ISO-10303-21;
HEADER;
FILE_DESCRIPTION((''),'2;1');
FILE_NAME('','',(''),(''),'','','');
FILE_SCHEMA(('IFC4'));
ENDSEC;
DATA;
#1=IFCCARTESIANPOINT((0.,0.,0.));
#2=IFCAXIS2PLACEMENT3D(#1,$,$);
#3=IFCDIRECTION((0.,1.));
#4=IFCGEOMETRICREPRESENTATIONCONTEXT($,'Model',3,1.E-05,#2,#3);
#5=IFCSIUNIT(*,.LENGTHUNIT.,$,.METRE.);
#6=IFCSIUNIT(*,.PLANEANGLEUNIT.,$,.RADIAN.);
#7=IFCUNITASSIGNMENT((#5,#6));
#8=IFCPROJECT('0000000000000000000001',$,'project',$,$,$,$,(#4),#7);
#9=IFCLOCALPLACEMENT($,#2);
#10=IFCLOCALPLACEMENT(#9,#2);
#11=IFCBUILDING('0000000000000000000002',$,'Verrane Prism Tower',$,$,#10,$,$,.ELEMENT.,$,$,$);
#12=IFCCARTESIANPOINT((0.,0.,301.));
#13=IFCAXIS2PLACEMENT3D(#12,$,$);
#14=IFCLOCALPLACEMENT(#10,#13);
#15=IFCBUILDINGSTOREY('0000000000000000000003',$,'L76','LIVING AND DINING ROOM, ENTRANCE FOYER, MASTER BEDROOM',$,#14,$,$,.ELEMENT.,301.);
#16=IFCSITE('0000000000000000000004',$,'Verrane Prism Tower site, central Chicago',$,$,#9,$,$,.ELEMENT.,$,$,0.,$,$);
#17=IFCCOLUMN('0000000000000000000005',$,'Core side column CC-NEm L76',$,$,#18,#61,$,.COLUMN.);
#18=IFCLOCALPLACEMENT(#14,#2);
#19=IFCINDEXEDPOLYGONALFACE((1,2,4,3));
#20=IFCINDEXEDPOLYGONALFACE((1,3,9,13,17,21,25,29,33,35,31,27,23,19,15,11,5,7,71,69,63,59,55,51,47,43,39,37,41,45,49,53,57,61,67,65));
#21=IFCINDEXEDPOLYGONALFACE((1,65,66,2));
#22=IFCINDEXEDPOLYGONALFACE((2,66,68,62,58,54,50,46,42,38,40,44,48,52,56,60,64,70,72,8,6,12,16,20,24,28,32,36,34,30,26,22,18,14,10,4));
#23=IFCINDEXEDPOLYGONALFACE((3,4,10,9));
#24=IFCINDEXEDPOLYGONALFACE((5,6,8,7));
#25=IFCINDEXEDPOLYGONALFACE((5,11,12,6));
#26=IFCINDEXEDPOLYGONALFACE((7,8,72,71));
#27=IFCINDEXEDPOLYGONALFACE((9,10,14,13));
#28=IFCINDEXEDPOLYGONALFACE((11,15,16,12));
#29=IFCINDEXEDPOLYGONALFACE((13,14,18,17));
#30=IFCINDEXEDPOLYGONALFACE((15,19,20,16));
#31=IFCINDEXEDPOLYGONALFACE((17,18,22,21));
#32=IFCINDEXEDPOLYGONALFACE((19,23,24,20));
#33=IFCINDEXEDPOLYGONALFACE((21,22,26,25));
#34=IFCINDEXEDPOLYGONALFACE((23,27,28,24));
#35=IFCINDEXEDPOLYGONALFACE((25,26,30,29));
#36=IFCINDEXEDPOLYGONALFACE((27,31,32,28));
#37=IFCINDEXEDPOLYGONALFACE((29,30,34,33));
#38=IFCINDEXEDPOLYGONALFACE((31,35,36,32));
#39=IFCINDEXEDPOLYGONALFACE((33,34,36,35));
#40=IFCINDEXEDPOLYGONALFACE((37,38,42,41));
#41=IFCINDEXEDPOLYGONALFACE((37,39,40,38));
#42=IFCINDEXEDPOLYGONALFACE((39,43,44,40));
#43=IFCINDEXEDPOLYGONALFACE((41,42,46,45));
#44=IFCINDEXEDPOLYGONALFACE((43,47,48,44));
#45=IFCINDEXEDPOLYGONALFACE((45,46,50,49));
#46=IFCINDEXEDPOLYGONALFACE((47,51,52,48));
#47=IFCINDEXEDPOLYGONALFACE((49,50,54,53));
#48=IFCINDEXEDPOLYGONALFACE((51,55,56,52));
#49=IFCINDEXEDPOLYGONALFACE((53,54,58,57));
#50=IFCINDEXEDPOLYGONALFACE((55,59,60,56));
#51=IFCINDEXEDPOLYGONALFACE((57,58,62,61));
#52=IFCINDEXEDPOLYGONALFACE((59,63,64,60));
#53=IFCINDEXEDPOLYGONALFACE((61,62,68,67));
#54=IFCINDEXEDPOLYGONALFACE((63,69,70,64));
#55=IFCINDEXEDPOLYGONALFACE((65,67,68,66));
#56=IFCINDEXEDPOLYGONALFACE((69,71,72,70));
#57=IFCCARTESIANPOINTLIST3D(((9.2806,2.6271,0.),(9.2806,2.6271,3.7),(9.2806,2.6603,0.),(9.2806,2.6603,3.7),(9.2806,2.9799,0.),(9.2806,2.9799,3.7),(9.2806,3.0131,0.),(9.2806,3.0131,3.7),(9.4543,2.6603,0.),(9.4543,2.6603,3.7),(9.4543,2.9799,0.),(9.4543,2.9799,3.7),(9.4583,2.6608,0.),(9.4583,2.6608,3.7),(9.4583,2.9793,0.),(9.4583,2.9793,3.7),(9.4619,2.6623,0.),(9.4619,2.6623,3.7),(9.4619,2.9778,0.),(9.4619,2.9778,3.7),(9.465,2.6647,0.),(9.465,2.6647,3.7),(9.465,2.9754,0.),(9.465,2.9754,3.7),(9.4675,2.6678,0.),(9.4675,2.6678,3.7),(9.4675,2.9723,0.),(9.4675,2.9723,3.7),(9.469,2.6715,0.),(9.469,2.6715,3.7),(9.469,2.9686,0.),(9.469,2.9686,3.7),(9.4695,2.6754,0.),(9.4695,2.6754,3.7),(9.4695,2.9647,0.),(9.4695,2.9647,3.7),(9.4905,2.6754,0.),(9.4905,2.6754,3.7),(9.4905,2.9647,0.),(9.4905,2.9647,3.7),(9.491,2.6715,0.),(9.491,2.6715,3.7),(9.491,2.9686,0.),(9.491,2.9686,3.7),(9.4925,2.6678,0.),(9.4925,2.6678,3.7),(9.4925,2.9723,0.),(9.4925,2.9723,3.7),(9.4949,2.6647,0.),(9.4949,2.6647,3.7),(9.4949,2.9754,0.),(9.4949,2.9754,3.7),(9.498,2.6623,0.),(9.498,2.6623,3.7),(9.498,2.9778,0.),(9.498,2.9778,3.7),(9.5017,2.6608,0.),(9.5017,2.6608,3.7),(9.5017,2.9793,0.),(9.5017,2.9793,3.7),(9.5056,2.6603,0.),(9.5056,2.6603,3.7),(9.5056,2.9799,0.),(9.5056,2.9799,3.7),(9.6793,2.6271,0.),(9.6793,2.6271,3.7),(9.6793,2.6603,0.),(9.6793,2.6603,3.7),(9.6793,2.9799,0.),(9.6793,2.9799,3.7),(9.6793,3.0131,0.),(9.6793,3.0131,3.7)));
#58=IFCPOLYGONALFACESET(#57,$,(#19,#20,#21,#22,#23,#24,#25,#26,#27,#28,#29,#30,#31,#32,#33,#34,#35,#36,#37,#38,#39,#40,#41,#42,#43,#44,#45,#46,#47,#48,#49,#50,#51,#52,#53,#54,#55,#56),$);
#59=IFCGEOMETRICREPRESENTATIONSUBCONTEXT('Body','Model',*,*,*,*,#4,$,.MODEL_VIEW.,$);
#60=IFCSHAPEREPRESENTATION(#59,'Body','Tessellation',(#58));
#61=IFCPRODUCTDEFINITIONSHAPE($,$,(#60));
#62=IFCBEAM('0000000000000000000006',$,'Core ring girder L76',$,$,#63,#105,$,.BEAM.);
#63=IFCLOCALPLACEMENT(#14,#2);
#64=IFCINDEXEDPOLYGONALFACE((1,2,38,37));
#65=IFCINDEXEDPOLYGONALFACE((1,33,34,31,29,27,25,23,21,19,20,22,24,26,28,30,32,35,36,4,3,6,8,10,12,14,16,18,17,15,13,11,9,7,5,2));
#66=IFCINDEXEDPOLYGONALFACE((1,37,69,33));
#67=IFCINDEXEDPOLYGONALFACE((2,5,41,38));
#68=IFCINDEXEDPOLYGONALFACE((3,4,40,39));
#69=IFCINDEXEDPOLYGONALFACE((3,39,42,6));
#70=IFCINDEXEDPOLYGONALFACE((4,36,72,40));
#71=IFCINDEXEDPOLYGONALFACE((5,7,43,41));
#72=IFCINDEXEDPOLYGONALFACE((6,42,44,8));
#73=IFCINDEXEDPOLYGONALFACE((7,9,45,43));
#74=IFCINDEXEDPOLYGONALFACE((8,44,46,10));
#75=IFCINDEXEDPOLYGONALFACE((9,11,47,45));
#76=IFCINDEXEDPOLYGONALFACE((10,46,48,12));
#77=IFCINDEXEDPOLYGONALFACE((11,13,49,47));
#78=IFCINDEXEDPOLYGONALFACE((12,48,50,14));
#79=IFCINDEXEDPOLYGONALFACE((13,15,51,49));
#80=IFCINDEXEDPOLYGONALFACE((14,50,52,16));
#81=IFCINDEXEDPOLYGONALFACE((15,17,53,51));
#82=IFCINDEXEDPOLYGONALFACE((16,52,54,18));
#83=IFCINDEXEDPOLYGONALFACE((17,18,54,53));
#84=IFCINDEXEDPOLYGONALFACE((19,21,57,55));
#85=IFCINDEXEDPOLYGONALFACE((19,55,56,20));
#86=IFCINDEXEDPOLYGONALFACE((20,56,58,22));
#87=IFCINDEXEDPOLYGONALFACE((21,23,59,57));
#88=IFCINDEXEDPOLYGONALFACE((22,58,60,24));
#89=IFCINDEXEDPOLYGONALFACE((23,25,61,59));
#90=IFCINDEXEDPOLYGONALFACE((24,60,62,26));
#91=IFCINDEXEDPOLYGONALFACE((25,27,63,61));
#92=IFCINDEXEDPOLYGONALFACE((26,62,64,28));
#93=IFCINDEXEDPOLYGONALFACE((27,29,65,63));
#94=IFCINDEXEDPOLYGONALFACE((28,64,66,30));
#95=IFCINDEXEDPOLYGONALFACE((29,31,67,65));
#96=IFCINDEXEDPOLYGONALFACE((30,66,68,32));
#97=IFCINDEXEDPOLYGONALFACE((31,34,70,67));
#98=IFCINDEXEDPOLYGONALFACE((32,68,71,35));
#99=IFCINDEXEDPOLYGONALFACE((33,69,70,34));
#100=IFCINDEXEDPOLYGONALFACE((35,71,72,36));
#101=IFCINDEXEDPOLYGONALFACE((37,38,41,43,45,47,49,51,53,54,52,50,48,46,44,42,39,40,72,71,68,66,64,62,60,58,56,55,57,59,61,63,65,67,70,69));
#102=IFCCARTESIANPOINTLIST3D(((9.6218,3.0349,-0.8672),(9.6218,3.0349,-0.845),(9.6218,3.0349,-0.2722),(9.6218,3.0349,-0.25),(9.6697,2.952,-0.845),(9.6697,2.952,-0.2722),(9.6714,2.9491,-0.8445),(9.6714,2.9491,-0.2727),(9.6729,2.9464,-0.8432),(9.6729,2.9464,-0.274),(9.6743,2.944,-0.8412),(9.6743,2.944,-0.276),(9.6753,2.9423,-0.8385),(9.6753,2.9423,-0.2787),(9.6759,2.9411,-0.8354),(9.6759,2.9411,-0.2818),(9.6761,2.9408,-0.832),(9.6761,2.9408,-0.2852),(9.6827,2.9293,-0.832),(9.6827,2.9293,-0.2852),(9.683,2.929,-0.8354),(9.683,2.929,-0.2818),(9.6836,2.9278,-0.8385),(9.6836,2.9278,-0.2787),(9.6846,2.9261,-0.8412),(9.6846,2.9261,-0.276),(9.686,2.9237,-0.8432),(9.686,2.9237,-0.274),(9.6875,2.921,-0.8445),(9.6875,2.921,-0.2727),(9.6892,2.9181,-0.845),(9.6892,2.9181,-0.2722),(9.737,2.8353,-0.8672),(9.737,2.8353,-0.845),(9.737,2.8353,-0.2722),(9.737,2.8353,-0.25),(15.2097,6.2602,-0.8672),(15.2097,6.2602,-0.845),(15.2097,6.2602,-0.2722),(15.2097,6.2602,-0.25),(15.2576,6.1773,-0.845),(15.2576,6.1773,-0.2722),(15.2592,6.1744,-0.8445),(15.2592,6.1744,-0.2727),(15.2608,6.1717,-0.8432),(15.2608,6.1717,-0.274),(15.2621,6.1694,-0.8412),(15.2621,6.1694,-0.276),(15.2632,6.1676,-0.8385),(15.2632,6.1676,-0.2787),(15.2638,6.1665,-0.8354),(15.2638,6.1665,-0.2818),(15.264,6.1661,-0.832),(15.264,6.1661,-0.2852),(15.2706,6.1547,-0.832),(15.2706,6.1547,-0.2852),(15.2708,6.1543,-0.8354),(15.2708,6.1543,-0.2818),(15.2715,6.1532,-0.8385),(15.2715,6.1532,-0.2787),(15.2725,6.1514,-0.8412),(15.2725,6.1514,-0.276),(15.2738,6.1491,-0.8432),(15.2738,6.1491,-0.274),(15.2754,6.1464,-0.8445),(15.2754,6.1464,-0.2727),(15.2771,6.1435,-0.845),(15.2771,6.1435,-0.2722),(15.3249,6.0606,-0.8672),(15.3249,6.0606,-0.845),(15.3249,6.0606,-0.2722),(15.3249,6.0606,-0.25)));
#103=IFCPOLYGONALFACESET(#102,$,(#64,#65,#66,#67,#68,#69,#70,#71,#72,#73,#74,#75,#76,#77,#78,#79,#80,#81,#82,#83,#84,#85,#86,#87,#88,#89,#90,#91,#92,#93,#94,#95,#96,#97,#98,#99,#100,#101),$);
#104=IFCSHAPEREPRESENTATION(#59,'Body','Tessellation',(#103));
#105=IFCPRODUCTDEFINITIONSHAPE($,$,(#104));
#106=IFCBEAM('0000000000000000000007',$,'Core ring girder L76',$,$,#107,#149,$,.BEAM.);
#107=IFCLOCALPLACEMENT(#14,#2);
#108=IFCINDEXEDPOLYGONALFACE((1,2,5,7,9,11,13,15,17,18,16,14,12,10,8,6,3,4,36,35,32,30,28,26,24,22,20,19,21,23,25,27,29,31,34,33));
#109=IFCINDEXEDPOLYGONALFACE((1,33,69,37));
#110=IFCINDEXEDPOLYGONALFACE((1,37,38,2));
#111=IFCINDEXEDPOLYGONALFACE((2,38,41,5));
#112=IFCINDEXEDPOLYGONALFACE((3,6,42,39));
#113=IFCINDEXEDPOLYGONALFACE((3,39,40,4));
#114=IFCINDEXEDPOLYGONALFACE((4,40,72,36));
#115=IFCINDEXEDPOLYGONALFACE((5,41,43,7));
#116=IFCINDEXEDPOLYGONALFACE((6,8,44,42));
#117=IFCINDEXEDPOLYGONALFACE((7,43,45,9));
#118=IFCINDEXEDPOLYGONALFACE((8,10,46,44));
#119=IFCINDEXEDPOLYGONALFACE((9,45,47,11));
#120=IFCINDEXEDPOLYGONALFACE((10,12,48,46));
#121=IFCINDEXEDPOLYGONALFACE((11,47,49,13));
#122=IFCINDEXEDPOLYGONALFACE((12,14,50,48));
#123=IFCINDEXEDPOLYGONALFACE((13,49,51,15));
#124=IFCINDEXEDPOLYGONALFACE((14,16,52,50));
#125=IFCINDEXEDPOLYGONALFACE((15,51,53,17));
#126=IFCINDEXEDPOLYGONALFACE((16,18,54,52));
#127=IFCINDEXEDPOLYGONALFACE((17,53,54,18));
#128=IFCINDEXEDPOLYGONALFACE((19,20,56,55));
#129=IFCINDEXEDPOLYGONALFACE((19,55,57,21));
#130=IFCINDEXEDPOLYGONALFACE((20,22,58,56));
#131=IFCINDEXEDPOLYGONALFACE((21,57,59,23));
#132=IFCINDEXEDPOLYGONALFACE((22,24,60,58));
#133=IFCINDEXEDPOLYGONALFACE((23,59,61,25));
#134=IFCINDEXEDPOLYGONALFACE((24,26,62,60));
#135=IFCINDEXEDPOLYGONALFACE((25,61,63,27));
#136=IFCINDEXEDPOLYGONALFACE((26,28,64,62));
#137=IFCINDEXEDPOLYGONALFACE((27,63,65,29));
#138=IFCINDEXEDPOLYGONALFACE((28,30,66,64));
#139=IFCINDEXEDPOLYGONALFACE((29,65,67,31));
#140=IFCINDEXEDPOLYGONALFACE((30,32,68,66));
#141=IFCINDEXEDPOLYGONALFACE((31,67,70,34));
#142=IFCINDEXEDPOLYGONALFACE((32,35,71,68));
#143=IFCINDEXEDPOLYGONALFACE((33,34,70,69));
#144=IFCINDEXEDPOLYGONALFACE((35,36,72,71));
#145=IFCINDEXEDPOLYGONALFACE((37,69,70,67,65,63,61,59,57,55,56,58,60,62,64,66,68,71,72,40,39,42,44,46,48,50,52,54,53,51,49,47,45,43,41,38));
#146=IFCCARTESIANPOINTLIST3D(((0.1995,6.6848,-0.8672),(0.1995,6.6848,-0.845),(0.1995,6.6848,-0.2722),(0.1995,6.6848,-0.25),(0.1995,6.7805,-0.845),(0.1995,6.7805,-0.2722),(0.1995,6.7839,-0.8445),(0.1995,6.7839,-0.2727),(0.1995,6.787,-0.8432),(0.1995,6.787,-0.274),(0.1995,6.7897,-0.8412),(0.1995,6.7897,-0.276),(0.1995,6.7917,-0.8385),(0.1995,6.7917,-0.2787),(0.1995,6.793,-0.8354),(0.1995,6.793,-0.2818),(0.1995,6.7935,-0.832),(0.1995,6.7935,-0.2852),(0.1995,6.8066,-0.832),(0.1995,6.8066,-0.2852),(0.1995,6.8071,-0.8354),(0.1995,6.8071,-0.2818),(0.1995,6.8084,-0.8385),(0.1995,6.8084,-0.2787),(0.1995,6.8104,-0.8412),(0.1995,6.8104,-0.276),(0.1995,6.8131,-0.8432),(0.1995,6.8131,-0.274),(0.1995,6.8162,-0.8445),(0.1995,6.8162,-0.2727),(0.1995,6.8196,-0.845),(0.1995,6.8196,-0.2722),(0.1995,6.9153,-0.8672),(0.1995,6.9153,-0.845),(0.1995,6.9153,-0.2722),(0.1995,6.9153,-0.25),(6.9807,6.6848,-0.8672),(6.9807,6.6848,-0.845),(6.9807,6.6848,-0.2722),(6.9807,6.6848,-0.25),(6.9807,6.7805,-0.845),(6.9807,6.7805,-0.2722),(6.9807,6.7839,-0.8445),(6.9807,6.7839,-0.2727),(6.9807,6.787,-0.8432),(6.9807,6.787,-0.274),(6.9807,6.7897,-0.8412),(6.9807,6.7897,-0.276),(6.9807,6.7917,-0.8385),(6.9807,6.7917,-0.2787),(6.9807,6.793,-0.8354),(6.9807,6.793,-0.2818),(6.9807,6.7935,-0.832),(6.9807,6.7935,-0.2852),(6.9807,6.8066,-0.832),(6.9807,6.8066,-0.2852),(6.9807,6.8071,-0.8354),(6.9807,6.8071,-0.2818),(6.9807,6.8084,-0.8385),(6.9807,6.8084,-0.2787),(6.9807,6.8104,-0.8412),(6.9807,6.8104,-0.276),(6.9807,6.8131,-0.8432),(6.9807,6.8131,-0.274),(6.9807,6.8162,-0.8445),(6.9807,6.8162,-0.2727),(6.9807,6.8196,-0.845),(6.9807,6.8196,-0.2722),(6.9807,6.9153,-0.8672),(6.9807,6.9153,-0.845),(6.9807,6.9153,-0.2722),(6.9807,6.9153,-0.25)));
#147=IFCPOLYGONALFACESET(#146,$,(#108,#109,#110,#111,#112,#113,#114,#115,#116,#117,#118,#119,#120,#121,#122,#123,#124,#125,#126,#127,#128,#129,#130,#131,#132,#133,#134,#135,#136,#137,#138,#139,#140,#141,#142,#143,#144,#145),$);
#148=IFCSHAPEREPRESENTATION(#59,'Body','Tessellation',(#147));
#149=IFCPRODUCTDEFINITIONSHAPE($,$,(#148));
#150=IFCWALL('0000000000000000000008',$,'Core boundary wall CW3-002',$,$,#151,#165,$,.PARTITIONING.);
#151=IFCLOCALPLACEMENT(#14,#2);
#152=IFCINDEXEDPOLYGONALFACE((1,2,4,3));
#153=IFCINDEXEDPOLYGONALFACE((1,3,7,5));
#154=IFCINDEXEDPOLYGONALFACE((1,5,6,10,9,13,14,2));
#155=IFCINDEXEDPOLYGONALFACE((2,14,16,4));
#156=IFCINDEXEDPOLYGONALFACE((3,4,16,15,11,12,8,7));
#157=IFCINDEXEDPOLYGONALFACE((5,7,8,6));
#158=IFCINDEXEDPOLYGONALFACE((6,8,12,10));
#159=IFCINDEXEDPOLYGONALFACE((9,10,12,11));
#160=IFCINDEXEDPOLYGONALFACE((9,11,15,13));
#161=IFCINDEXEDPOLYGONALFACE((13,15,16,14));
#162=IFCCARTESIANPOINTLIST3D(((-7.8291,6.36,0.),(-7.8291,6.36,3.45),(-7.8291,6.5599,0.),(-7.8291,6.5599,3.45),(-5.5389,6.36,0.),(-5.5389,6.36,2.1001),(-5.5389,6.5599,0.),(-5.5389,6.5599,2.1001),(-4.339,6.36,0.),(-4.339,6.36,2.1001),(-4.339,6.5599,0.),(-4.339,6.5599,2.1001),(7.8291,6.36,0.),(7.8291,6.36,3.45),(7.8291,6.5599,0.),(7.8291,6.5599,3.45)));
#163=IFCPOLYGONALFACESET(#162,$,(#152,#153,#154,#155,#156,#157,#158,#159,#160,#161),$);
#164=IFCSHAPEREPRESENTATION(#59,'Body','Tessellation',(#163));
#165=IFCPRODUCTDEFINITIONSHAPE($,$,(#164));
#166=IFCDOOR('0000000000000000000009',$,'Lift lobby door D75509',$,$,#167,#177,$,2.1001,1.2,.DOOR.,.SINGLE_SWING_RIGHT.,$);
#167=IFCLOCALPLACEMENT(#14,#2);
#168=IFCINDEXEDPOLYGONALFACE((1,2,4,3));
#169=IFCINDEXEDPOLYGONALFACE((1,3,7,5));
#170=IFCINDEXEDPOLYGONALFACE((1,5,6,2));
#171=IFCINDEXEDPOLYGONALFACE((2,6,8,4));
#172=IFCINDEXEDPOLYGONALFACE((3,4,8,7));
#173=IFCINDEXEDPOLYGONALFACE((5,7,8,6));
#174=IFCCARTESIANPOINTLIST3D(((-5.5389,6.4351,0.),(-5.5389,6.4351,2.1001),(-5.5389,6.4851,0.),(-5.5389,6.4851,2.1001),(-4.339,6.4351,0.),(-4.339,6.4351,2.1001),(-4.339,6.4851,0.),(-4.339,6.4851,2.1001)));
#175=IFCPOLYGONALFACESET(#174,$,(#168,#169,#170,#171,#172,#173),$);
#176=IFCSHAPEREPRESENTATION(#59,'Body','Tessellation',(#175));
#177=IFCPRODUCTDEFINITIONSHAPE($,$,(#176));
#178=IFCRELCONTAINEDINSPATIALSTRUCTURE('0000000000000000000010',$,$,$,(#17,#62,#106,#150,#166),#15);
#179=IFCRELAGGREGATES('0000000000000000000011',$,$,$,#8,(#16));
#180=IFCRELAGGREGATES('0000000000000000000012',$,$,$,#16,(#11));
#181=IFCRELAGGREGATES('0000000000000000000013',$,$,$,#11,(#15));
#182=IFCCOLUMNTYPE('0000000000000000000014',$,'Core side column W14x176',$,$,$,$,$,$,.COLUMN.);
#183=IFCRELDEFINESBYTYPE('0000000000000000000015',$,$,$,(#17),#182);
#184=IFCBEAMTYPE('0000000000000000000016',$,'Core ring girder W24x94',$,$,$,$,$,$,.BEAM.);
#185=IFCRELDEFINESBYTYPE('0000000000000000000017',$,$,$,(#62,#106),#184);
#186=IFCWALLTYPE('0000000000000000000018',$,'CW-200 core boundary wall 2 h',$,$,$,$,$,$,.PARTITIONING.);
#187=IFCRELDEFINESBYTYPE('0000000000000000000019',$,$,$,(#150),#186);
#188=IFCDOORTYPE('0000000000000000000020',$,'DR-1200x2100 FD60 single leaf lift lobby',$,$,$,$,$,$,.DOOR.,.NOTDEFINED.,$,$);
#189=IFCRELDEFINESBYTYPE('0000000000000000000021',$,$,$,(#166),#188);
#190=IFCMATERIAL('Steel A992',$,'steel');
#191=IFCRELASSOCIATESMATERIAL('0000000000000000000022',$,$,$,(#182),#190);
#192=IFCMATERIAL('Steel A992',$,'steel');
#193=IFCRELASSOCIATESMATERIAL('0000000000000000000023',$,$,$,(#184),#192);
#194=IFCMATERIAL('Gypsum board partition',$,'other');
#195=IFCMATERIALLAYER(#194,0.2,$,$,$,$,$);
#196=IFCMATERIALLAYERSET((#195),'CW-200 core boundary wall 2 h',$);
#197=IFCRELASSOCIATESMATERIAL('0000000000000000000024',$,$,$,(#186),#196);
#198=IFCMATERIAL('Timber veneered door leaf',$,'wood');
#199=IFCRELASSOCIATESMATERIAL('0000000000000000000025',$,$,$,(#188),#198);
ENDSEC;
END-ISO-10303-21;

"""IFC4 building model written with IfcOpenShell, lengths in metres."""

from ifc_helpers import new_model, si_unit, direction, frame, frame_2d, origin, origin_2d, place, context, subcontext, project, spatial, rectangle, i_section, extrude, material, layer, layer_set, material_profile, profile_set, type_object, element, fill, save


model = new_model("IFC4")

# Units and contexts
model_context = context("Model", 3, precision=1e-05, world=origin(), true_north=direction((0.0, 1.0)))
body_context = subcontext(model_context, "Body", "Model", "MODEL_VIEW")
ifc_project = project(units=[si_unit("LENGTHUNIT", "METRE"), si_unit("PLANEANGLEUNIT", "RADIAN")], contexts=[model_context])

# Site, building, storey
site_placement = place(None, origin())
site = spatial("IfcSite", under=ifc_project, at=site_placement, Name="Verrane Prism Tower site, central Chicago", CompositionType="ELEMENT", RefElevation=0.0)
building_placement = place(site_placement, origin())
building = spatial("IfcBuilding", under=site, at=building_placement, Name="Verrane Prism Tower", CompositionType="ELEMENT")
storey_placement = place(building_placement, frame((0.0, 0.0, 301.0)))
storey = spatial("IfcBuildingStorey", under=building, at=storey_placement, Name="L76", Description="LIVING AND DINING ROOM, ENTRANCE FOYER, MASTER BEDROOM", CompositionType="ELEMENT", Elevation=301.0)

# Column
ifc_material_1 = material(Name="Steel A992", Category="steel")
ifc_material_profile_1 = material_profile(ifc_material_1, i_section(OverallWidth=0.3987, OverallDepth=0.386, WebThickness=0.021, FlangeThickness=0.0332, FilletRadius=0.0151, at=origin_2d()), Name="W14x176")
ifc_profile_set_1 = profile_set([ifc_material_profile_1], Name="Steel A992")
column_type = type_object("IfcColumnType", Name="Core side column W14x176", PredefinedType="COLUMN", material=ifc_profile_set_1)
column_placement = place(storey_placement, frame((9.48, 2.8201, 0.0), z_axis=(0.0, 0.0, 1.0), x_axis=(1.0, 0.0, 0.0)))
element("IfcColumn", 1, at=column_placement, inside=storey, type_object=column_type, Name="Core side column CC-NEm L76", PredefinedType="COLUMN", context=body_context, shape_type="SweptSolid", body=[
    extrude(i_section(OverallWidth=0.3987, OverallDepth=0.386, WebThickness=0.021, FlangeThickness=0.0332, FilletRadius=0.0151, at=origin_2d()), origin(), (0.0, 0.0, 1.0), 3.7),
])

# Beams
ifc_material_2 = material(Name="Steel A992", Category="steel")
ifc_material_profile_2 = material_profile(ifc_material_2, i_section(OverallWidth=0.2305, OverallDepth=0.6172, WebThickness=0.0132, FlangeThickness=0.0222, FilletRadius=0.0129, at=origin_2d()), Name="W24x94")
ifc_profile_set_2 = profile_set([ifc_material_profile_2], Name="Steel A992")
beam_type = type_object("IfcBeamType", Name="Core ring girder W24x94", PredefinedType="BEAM", material=ifc_profile_set_2)
beam_1_placement = place(storey_placement, frame((9.6794, 2.9351, -0.5586), z_axis=(0.866081, 0.499904, 0.0), x_axis=(-0.499904, 0.866081, 0.0)))
element("IfcBeam", 2, at=beam_1_placement, inside=storey, type_object=beam_type, Name="Core ring girder L76", PredefinedType="BEAM", context=body_context, shape_type="SweptSolid", body=[
    extrude(i_section(OverallWidth=0.2305, OverallDepth=0.6172, WebThickness=0.0132, FlangeThickness=0.0222, FilletRadius=0.0129, at=origin_2d()), origin(), (0.0, 0.0, 1.0), 6.4519),
])
beam_2_placement = place(storey_placement, frame((6.9807, 6.8, -0.5586), z_axis=(-1.0, 0.0, 0.0), x_axis=(0.0, -1.0, 0.0)))
element("IfcBeam", 3, at=beam_2_placement, inside=storey, type_object=beam_type, Name="Core ring girder L76", PredefinedType="BEAM", context=body_context, shape_type="SweptSolid", body=[
    extrude(i_section(OverallWidth=0.2305, OverallDepth=0.6172, WebThickness=0.0132, FlangeThickness=0.0222, FilletRadius=0.0129, at=origin_2d()), origin(), (0.0, 0.0, 1.0), 6.7812),
])

# Wall, opening, door
ifc_material_3 = material(Name="Gypsum board partition", Category="other")
ifc_layer_1 = layer(ifc_material_3, 0.2)
ifc_layer_set_1 = layer_set([ifc_layer_1], Name="CW-200 core boundary wall 2 h")
wall_type_1 = type_object("IfcWallType", Name="CW-200 core boundary wall 2 h", PredefinedType="PARTITIONING", material=ifc_layer_set_1)
wall_1_placement = place(storey_placement, frame((7.8291, 6.46, 0.0), z_axis=(0.0, 0.0, 1.0), x_axis=(-1.0, 0.0, 0.0)))
wall_1 = element("IfcWall", 4, at=wall_1_placement, inside=storey, type_object=wall_type_1, Name="Core boundary wall CW3-002", PredefinedType="PARTITIONING", context=body_context, shape_type="SweptSolid", body=[
    extrude(rectangle(XDim=15.6582, YDim=0.2, at=frame_2d((7.8291, 0.0))), origin(), (0.0, 0.0, 1.0), 3.45),
])
opening_1_placement = place(wall_1_placement, frame((12.168, 0.0, 0.0)))
opening_1 = element("IfcOpeningElement", 5, at=opening_1_placement, cuts=wall_1, PredefinedType="OPENING", context=body_context, shape_type="SweptSolid", body=[
    extrude(rectangle(XDim=1.2, YDim=2.1001, at=frame_2d((0.6001, 1.05))), frame((0.0, 0.1099, 0.0), z_axis=(0.0, -1.0, 0.0), x_axis=(1.0, 0.0, 0.0)), (0.0, 0.0, 1.0), 0.22),
])
ifc_material_4 = material(Name="Timber veneered door leaf", Category="wood")
door_type_1 = type_object("IfcDoorType", Name="DR-1200x2100 FD60 single leaf lift lobby", OperationType="NOTDEFINED", PredefinedType="DOOR", material=ifc_material_4)
door_1_placement = place(opening_1_placement, origin())
door_1 = element("IfcDoor", 6, at=door_1_placement, inside=storey, type_object=door_type_1, Name="Lift lobby door D75509", OperationType="SINGLE_SWING_RIGHT", OverallHeight=2.1001, OverallWidth=1.2, PredefinedType="DOOR", context=body_context, shape_type="SweptSolid", body=[
    extrude(rectangle(XDim=1.2, YDim=2.1001, at=frame_2d((0.6001, 1.05))), frame((0.0, 0.0249, 0.0), z_axis=(0.0, -1.0, 0.0), x_axis=(1.0, 0.0, 0.0)), (0.0, 0.0, 1.0), 0.05),
])
fill(opening_1, door_1)

save(model, "model.ifc")
